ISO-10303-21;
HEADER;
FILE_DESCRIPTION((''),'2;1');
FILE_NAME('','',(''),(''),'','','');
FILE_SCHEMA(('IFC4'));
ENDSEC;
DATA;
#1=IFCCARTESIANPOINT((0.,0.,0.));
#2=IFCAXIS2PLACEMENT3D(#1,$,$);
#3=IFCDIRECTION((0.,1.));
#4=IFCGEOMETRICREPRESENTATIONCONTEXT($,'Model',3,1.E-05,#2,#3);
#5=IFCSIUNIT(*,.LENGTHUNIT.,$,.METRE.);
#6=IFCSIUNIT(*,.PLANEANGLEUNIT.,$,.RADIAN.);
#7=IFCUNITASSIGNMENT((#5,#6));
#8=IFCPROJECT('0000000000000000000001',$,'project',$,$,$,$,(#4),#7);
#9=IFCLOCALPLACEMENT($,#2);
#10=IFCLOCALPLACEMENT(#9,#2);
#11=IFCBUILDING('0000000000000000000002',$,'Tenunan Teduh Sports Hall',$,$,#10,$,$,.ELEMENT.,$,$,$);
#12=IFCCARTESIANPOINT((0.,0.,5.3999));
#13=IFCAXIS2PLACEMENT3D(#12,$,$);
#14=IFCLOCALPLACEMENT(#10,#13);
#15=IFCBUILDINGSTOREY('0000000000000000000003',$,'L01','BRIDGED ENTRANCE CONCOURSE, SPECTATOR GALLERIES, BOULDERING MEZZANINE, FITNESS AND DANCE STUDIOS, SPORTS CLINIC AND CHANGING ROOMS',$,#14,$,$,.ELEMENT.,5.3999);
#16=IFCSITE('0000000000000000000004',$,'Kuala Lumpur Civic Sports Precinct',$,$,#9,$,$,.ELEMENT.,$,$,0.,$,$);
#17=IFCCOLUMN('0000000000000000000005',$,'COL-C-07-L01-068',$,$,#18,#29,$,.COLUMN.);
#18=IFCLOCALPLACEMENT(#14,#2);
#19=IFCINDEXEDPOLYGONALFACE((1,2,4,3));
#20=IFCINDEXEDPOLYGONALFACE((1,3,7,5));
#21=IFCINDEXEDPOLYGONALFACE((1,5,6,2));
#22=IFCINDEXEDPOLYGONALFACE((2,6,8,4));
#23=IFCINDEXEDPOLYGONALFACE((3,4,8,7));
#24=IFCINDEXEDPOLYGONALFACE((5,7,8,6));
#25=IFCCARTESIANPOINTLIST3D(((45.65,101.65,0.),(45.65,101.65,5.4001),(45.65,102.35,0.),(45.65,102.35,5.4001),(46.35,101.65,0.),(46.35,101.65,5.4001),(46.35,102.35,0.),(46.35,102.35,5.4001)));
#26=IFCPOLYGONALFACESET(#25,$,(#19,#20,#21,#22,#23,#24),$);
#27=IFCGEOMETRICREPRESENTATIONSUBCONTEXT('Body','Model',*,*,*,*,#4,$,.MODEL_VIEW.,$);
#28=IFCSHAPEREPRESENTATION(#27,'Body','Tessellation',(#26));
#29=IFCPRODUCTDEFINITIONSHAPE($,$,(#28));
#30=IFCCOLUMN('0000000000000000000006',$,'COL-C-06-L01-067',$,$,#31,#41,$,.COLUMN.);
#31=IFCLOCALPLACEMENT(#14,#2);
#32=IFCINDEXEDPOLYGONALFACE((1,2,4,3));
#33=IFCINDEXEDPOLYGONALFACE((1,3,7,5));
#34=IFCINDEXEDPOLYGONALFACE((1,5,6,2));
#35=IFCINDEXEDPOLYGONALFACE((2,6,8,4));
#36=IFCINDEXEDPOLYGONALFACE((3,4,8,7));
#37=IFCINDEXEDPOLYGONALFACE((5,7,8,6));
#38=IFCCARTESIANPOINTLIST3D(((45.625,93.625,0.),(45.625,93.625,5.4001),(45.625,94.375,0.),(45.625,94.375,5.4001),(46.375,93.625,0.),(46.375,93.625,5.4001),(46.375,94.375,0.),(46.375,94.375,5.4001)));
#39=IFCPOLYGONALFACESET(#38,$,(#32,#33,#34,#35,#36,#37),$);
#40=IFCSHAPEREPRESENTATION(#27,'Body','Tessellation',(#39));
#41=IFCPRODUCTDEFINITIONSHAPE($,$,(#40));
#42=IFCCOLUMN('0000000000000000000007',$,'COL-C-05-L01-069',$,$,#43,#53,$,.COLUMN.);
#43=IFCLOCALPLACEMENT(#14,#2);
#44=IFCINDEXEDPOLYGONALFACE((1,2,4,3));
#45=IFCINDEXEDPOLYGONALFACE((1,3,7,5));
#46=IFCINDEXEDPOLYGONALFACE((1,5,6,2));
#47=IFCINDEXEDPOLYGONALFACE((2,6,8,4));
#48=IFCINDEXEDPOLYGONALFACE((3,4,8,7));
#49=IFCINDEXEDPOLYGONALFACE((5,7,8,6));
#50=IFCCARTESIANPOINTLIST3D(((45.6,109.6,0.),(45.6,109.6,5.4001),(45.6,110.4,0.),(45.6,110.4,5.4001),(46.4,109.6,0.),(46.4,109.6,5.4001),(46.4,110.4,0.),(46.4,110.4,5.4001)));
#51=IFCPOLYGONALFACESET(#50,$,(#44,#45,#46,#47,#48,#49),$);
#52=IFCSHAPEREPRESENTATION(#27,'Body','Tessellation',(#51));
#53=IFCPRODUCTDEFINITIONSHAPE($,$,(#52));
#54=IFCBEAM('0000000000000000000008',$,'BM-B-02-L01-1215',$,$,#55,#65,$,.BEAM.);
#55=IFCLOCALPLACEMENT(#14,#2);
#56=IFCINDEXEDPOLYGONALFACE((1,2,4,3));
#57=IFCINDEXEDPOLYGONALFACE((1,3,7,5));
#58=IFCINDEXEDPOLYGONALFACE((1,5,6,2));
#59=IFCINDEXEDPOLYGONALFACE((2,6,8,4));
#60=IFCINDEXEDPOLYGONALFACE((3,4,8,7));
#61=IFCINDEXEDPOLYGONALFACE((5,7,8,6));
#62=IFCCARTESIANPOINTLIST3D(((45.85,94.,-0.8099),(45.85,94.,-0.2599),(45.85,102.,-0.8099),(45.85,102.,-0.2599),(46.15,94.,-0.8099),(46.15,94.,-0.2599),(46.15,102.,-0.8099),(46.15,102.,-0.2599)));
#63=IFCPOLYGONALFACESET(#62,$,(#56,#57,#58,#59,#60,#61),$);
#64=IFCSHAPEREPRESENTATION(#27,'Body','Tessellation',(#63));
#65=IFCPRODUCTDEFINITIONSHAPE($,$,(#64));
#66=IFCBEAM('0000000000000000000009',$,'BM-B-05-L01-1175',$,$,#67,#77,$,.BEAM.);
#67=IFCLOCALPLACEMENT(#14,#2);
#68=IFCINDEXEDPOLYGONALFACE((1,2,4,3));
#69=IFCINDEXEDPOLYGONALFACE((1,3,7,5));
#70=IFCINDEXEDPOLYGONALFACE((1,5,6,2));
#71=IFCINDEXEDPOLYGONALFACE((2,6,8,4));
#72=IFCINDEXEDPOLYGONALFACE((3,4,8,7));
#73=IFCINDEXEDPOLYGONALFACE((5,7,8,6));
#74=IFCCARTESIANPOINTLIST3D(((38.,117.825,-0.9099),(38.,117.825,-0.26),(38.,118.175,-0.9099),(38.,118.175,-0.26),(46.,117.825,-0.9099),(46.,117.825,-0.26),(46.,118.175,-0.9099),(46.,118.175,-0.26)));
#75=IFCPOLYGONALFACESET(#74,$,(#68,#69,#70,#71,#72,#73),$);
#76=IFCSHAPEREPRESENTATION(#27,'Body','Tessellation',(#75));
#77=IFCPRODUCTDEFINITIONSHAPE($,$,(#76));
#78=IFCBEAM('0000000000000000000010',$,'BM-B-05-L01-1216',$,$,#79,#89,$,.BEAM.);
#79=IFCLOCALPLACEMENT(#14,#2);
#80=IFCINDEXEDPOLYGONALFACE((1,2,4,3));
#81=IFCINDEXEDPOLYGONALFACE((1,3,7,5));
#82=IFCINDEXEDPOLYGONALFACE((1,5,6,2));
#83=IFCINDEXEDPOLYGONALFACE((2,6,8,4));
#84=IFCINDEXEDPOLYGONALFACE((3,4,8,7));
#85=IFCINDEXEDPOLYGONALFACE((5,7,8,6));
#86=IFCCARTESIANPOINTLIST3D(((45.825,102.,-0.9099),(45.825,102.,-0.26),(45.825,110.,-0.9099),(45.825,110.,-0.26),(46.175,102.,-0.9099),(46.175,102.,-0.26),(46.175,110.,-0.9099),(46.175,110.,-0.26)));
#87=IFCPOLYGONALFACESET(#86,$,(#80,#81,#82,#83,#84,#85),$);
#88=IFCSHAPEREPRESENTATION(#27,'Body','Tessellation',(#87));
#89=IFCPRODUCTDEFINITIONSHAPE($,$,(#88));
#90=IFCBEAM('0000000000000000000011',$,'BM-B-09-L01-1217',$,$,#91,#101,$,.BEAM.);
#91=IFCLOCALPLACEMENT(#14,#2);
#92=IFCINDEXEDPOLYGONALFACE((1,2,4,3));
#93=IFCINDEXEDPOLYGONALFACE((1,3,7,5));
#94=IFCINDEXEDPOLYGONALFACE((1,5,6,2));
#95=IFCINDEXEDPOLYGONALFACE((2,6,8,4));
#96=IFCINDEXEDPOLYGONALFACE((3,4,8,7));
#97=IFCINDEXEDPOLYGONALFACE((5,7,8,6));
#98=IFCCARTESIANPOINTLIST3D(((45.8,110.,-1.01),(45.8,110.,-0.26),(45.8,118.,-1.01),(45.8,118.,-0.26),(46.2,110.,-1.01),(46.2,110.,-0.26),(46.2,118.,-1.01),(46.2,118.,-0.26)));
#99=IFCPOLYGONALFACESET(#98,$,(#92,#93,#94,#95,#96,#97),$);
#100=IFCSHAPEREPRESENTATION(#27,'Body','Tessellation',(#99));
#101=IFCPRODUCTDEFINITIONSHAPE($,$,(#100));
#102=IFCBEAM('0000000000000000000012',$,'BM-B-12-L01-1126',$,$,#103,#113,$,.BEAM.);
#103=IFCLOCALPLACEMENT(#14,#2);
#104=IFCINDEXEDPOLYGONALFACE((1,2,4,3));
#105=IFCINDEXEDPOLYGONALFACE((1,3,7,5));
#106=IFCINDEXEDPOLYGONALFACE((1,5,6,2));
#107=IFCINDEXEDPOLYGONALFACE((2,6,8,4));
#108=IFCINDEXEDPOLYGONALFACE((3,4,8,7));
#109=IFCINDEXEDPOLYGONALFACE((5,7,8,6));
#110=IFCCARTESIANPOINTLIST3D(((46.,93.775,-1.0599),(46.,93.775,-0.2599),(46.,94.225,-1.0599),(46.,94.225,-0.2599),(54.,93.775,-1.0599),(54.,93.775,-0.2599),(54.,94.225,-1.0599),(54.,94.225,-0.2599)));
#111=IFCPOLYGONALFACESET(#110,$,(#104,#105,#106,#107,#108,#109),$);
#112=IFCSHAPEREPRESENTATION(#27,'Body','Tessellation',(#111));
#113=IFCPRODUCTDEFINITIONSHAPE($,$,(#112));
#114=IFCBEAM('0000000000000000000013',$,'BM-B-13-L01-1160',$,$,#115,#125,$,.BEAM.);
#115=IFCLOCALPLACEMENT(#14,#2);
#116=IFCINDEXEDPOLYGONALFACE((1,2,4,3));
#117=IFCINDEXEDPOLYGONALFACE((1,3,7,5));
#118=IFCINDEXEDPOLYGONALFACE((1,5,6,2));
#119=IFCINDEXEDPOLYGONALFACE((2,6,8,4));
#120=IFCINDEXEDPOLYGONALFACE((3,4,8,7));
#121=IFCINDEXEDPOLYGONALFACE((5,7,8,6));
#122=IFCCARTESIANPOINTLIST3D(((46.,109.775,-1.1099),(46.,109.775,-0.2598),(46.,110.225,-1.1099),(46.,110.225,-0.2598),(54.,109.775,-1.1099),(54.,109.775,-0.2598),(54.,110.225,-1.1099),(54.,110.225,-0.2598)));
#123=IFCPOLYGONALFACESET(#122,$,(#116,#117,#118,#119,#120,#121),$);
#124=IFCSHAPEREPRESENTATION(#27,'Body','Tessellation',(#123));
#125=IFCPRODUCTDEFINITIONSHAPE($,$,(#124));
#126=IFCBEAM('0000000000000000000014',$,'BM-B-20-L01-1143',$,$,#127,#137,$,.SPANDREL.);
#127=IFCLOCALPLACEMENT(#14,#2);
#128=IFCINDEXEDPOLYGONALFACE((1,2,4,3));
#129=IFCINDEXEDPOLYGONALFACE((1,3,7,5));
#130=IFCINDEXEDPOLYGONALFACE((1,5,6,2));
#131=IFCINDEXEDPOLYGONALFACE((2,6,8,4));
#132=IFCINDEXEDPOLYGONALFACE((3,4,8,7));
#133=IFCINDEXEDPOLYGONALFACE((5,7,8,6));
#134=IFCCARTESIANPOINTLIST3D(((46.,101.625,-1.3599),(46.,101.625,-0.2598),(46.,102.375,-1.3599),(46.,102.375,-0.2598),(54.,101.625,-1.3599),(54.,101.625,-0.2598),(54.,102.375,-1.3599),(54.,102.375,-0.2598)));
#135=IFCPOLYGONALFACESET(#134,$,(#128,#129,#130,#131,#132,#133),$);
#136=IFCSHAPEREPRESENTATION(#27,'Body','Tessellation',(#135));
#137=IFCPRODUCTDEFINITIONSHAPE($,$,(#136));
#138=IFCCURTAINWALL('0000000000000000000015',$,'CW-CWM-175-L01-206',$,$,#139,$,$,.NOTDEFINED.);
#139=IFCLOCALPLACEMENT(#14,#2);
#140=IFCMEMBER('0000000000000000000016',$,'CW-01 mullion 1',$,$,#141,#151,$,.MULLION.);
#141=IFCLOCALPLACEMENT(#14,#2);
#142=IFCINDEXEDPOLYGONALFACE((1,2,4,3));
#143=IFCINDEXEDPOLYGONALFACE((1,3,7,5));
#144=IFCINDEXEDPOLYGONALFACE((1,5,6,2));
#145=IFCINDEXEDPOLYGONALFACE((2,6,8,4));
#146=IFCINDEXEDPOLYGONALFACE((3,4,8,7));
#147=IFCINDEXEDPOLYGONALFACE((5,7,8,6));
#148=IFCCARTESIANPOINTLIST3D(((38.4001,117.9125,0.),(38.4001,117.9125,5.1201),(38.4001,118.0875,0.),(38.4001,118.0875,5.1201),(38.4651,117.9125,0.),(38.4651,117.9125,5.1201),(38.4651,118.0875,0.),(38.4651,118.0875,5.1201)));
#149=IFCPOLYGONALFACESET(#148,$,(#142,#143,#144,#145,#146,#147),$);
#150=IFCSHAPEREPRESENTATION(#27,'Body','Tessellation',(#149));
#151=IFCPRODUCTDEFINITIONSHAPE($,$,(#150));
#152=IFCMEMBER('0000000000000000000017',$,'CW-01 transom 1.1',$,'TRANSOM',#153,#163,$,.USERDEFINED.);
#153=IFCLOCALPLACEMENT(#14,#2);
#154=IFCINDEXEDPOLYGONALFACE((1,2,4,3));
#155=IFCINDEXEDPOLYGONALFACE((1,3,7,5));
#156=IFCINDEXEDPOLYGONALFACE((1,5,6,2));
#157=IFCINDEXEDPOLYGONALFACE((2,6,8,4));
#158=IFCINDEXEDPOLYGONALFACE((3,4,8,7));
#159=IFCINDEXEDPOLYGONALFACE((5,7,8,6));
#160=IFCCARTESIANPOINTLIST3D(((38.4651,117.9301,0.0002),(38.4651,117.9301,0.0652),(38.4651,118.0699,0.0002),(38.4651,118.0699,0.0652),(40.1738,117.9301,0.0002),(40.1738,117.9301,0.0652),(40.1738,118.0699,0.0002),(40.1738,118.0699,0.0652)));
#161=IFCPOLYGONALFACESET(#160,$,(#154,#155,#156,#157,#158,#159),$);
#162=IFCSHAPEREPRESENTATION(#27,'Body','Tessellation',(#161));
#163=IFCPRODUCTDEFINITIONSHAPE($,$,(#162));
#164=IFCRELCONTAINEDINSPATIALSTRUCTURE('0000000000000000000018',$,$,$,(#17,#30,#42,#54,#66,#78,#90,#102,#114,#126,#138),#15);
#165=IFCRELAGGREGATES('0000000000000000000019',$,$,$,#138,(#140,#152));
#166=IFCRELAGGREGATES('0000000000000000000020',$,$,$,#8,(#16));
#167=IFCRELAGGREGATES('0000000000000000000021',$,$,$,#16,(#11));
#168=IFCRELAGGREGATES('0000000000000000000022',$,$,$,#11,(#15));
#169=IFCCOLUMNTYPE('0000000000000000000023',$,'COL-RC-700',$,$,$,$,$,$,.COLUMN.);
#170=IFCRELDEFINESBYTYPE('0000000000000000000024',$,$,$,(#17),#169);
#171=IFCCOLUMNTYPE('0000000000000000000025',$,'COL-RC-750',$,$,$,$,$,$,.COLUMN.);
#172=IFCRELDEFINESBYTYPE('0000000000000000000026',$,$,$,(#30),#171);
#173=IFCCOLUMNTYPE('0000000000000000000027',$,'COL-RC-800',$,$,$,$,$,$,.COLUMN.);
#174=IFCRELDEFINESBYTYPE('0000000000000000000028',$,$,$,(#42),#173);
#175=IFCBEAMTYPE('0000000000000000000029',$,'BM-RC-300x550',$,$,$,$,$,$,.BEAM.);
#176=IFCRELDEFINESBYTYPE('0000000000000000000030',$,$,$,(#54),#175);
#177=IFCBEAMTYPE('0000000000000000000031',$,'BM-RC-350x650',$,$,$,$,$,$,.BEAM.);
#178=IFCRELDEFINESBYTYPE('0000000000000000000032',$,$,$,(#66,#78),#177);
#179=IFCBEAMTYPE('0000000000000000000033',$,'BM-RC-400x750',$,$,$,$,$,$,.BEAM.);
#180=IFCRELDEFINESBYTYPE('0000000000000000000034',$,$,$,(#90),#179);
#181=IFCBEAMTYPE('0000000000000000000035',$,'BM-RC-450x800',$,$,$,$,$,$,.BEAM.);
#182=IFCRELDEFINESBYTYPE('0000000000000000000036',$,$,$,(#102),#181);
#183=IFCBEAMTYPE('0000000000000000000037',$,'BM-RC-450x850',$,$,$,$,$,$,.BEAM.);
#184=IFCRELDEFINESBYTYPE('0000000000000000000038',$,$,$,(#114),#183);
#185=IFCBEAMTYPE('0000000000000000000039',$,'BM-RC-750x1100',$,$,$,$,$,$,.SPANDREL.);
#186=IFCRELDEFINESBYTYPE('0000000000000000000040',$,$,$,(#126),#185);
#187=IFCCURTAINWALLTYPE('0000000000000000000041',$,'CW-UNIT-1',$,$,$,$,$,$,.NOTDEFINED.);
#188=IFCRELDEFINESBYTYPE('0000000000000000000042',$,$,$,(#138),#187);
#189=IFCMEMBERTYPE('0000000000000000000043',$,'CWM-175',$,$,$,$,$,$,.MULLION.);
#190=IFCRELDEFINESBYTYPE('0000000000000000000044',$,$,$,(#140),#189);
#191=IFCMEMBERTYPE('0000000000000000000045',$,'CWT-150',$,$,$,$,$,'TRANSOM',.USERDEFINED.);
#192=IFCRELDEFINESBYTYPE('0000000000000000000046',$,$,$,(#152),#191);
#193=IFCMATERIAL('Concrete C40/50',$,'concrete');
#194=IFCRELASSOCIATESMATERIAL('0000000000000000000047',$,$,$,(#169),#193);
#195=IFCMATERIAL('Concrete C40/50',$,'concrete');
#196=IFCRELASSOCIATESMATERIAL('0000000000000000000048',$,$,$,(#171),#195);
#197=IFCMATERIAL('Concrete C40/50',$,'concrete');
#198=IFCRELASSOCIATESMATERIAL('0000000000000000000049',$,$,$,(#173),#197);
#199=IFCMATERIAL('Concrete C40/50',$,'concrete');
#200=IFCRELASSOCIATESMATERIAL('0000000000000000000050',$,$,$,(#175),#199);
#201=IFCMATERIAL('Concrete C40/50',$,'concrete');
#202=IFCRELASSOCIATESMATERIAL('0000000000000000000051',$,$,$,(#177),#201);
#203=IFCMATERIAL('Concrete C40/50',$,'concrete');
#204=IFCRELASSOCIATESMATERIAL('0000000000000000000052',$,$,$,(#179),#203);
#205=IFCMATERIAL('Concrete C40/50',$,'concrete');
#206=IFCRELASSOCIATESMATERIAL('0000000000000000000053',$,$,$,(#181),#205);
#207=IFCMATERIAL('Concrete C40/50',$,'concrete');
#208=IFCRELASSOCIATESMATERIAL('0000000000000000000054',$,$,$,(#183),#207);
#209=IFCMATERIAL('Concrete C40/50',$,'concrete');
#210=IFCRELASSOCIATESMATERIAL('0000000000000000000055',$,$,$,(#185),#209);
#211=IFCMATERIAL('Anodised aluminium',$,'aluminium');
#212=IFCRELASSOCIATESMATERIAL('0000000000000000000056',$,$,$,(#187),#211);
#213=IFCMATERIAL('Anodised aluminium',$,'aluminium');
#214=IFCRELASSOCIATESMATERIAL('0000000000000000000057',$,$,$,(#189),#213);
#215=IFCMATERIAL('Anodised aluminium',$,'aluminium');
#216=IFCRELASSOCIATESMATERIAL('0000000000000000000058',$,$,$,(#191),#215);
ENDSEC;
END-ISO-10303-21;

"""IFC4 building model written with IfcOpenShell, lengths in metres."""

from ifc_helpers import new_model, si_unit, direction, frame, origin, origin_2d, place, context, subcontext, project, spatial, rectangle, extrude, material, material_profile, profile_set, type_object, element, aggregate, save


model = new_model("IFC4")

# Units and contexts
model_context = context("Model", 3, precision=1e-05, world=origin(), true_north=direction((0.0, 1.0)))
body_context = subcontext(model_context, "Body", "Model", "MODEL_VIEW")
ifc_project = project(units=[si_unit("LENGTHUNIT", "METRE"), si_unit("PLANEANGLEUNIT", "RADIAN")], contexts=[model_context])

# Site, building, storey
site_placement = place(None, origin())
site = spatial("IfcSite", under=ifc_project, at=site_placement, Name="Kuala Lumpur Civic Sports Precinct", CompositionType="ELEMENT", RefElevation=0.0)
building_placement = place(site_placement, origin())
building = spatial("IfcBuilding", under=site, at=building_placement, Name="Tenunan Teduh Sports Hall", CompositionType="ELEMENT")
storey_placement = place(building_placement, frame((0.0, 0.0, 5.3999)))
storey = spatial("IfcBuildingStorey", under=building, at=storey_placement, Name="L01", Description="BRIDGED ENTRANCE CONCOURSE, SPECTATOR GALLERIES, BOULDERING MEZZANINE, FITNESS AND DANCE STUDIOS, SPORTS CLINIC AND CHANGING ROOMS", CompositionType="ELEMENT", Elevation=5.3999)

# Columns
ifc_material_1 = material(Name="Concrete C40/50", Category="concrete")
ifc_material_profile_1 = material_profile(ifc_material_1, rectangle(XDim=0.7, YDim=0.7, at=origin_2d()), Name="RC 700x700")
ifc_profile_set_1 = profile_set([ifc_material_profile_1], Name="Concrete C40/50")
column_type_1 = type_object("IfcColumnType", Name="COL-RC-700", PredefinedType="COLUMN", material=ifc_profile_set_1)
column_1_placement = place(storey_placement, frame((46.0, 102.0, 0.0), z_axis=(0.0, 0.0, 1.0), x_axis=(1.0, 0.0, 0.0)))
element("IfcColumn", 1, at=column_1_placement, inside=storey, type_object=column_type_1, Name="COL-C-07-L01-068", PredefinedType="COLUMN", context=body_context, shape_type="SweptSolid", body=[
    extrude(rectangle(XDim=0.7, YDim=0.7, at=origin_2d()), origin(), (0.0, 0.0, 1.0), 5.4001),
])
ifc_material_2 = material(Name="Concrete C40/50", Category="concrete")
ifc_material_profile_2 = material_profile(ifc_material_2, rectangle(XDim=0.75, YDim=0.75, at=origin_2d()), Name="RC 750x750")
ifc_profile_set_2 = profile_set([ifc_material_profile_2], Name="Concrete C40/50")
column_type_2 = type_object("IfcColumnType", Name="COL-RC-750", PredefinedType="COLUMN", material=ifc_profile_set_2)
column_2_placement = place(storey_placement, frame((46.0, 94.0, 0.0), z_axis=(0.0, 0.0, 1.0), x_axis=(1.0, 0.0, 0.0)))
element("IfcColumn", 2, at=column_2_placement, inside=storey, type_object=column_type_2, Name="COL-C-06-L01-067", PredefinedType="COLUMN", context=body_context, shape_type="SweptSolid", body=[
    extrude(rectangle(XDim=0.75, YDim=0.75, at=origin_2d()), origin(), (0.0, 0.0, 1.0), 5.4001),
])
ifc_material_3 = material(Name="Concrete C40/50", Category="concrete")
ifc_material_profile_3 = material_profile(ifc_material_3, rectangle(XDim=0.8, YDim=0.8, at=origin_2d()), Name="RC 800x800")
ifc_profile_set_3 = profile_set([ifc_material_profile_3], Name="Concrete C40/50")
column_type_3 = type_object("IfcColumnType", Name="COL-RC-800", PredefinedType="COLUMN", material=ifc_profile_set_3)
column_3_placement = place(storey_placement, frame((46.0, 110.0, 0.0), z_axis=(0.0, 0.0, 1.0), x_axis=(1.0, 0.0, 0.0)))
element("IfcColumn", 3, at=column_3_placement, inside=storey, type_object=column_type_3, Name="COL-C-05-L01-069", PredefinedType="COLUMN", context=body_context, shape_type="SweptSolid", body=[
    extrude(rectangle(XDim=0.8, YDim=0.8, at=origin_2d()), origin(), (0.0, 0.0, 1.0), 5.4001),
])

# Beams
ifc_material_4 = material(Name="Concrete C40/50", Category="concrete")
ifc_material_profile_4 = material_profile(ifc_material_4, rectangle(XDim=0.3, YDim=0.55, at=origin_2d()), Name="RCB 300x550")
ifc_profile_set_4 = profile_set([ifc_material_profile_4], Name="Concrete C40/50")
beam_type_1 = type_object("IfcBeamType", Name="BM-RC-300x550", PredefinedType="BEAM", material=ifc_profile_set_4)
beam_1_placement = place(storey_placement, frame((46.0, 94.0, -0.5349), z_axis=(0.0, 1.0, 0.0), x_axis=(-1.0, 0.0, 0.0)))
element("IfcBeam", 4, at=beam_1_placement, inside=storey, type_object=beam_type_1, Name="BM-B-02-L01-1215", PredefinedType="BEAM", context=body_context, shape_type="SweptSolid", body=[
    extrude(rectangle(XDim=0.3, YDim=0.55, at=origin_2d()), origin(), (0.0, 0.0, 1.0), 8.0),
])
ifc_material_5 = material(Name="Concrete C40/50", Category="concrete")
ifc_material_profile_5 = material_profile(ifc_material_5, rectangle(XDim=0.3501, YDim=0.6499, at=origin_2d()), Name="RCB 350x650")
ifc_profile_set_5 = profile_set([ifc_material_profile_5], Name="Concrete C40/50")
beam_type_2 = type_object("IfcBeamType", Name="BM-RC-350x650", PredefinedType="BEAM", material=ifc_profile_set_5)
for number, where, z_axis, x_axis, name in (
    (5, (38.0, 118.0, -0.585), (1.0, 0.0, 0.0), (0.0, 1.0, 0.0), "BM-B-05-L01-1175"),
    (6, (46.0, 102.0, -0.585), (0.0, 1.0, 0.0), (-1.0, 0.0, 0.0), "BM-B-05-L01-1216"),
):
    element("IfcBeam", number, at=place(storey_placement, frame(where, z_axis=z_axis, x_axis=x_axis)), inside=storey, type_object=beam_type_2, Name=name, PredefinedType="BEAM", context=body_context, shape_type="SweptSolid", body=[
        extrude(rectangle(XDim=0.3501, YDim=0.6499, at=origin_2d()), origin(), (0.0, 0.0, 1.0), 8.0),
    ])
ifc_material_6 = material(Name="Concrete C40/50", Category="concrete")
ifc_material_profile_6 = material_profile(ifc_material_6, rectangle(XDim=0.3999, YDim=0.75, at=origin_2d()), Name="RCB 400x750")
ifc_profile_set_6 = profile_set([ifc_material_profile_6], Name="Concrete C40/50")
beam_type_3 = type_object("IfcBeamType", Name="BM-RC-400x750", PredefinedType="BEAM", material=ifc_profile_set_6)
beam_2_placement = place(storey_placement, frame((46.0, 110.0, -0.635), z_axis=(0.0, 1.0, 0.0), x_axis=(-1.0, 0.0, 0.0)))
element("IfcBeam", 7, at=beam_2_placement, inside=storey, type_object=beam_type_3, Name="BM-B-09-L01-1217", PredefinedType="BEAM", context=body_context, shape_type="SweptSolid", body=[
    extrude(rectangle(XDim=0.3999, YDim=0.75, at=origin_2d()), origin(), (0.0, 0.0, 1.0), 8.0),
])
ifc_material_7 = material(Name="Concrete C40/50", Category="concrete")
ifc_material_profile_7 = material_profile(ifc_material_7, rectangle(XDim=0.45, YDim=0.8, at=origin_2d()), Name="RCB 450x800")
ifc_profile_set_7 = profile_set([ifc_material_profile_7], Name="Concrete C40/50")
beam_type_4 = type_object("IfcBeamType", Name="BM-RC-450x800", PredefinedType="BEAM", material=ifc_profile_set_7)
beam_3_placement = place(storey_placement, frame((46.0, 94.0, -0.6599), z_axis=(1.0, 0.0, 0.0), x_axis=(0.0, 1.0, 0.0)))
element("IfcBeam", 8, at=beam_3_placement, inside=storey, type_object=beam_type_4, Name="BM-B-12-L01-1126", PredefinedType="BEAM", context=body_context, shape_type="SweptSolid", body=[
    extrude(rectangle(XDim=0.45, YDim=0.8, at=origin_2d()), origin(), (0.0, 0.0, 1.0), 8.0),
])
ifc_material_8 = material(Name="Concrete C40/50", Category="concrete")
ifc_material_profile_8 = material_profile(ifc_material_8, rectangle(XDim=0.45, YDim=0.8501, at=origin_2d()), Name="RCB 450x850")
ifc_profile_set_8 = profile_set([ifc_material_profile_8], Name="Concrete C40/50")
beam_type_5 = type_object("IfcBeamType", Name="BM-RC-450x850", PredefinedType="BEAM", material=ifc_profile_set_8)
beam_4_placement = place(storey_placement, frame((46.0, 110.0, -0.6848), z_axis=(1.0, 0.0, 0.0), x_axis=(0.0, 1.0, 0.0)))
element("IfcBeam", 9, at=beam_4_placement, inside=storey, type_object=beam_type_5, Name="BM-B-13-L01-1160", PredefinedType="BEAM", context=body_context, shape_type="SweptSolid", body=[
    extrude(rectangle(XDim=0.45, YDim=0.8501, at=origin_2d()), origin(), (0.0, 0.0, 1.0), 8.0),
])
ifc_material_9 = material(Name="Concrete C40/50", Category="concrete")
ifc_material_profile_9 = material_profile(ifc_material_9, rectangle(XDim=0.75, YDim=1.1001, at=origin_2d()), Name="RCB 750x1100")
ifc_profile_set_9 = profile_set([ifc_material_profile_9], Name="Concrete C40/50")
beam_type_6 = type_object("IfcBeamType", Name="BM-RC-750x1100", PredefinedType="SPANDREL", material=ifc_profile_set_9)
beam_5_placement = place(storey_placement, frame((46.0, 102.0, -0.8098), z_axis=(1.0, 0.0, 0.0), x_axis=(0.0, 1.0, 0.0)))
element("IfcBeam", 10, at=beam_5_placement, inside=storey, type_object=beam_type_6, Name="BM-B-20-L01-1143", PredefinedType="SPANDREL", context=body_context, shape_type="SweptSolid", body=[
    extrude(rectangle(XDim=0.75, YDim=1.1001, at=origin_2d()), origin(), (0.0, 0.0, 1.0), 8.0),
])

# Curtain wall, members
ifc_material_10 = material(Name="Anodised aluminium", Category="aluminium")
curtain_wall_type = type_object("IfcCurtainWallType", Name="CW-UNIT-1", PredefinedType="NOTDEFINED", material=ifc_material_10)
curtain_wall_placement = place(storey_placement, origin())
curtain_wall = element("IfcCurtainWall", 11, at=curtain_wall_placement, inside=storey, type_object=curtain_wall_type, Name="CW-CWM-175-L01-206", PredefinedType="NOTDEFINED")
ifc_material_11 = material(Name="Anodised aluminium", Category="aluminium")
ifc_material_profile_10 = material_profile(ifc_material_11, rectangle(XDim=0.0649, YDim=0.175, at=origin_2d()), Name="CWM 65x175")
ifc_profile_set_10 = profile_set([ifc_material_profile_10], Name="Anodised aluminium")
member_type_1 = type_object("IfcMemberType", Name="CWM-175", PredefinedType="MULLION", material=ifc_profile_set_10)
member_1_placement = place(storey_placement, frame((38.4326, 118.0, 0.0), z_axis=(0.0, 0.0, 1.0), x_axis=(1.0, 0.0, 0.0)))
member_1 = element("IfcMember", 12, at=member_1_placement, type_object=member_type_1, Name="CW-01 mullion 1", PredefinedType="MULLION", context=body_context, shape_type="SweptSolid", body=[
    extrude(rectangle(XDim=0.0649, YDim=0.175, at=origin_2d()), origin(), (0.0, 0.0, 1.0), 5.1201),
])
ifc_material_12 = material(Name="Anodised aluminium", Category="aluminium")
ifc_material_profile_11 = material_profile(ifc_material_12, rectangle(XDim=0.0649, YDim=0.1399, at=origin_2d()), Name="CWT 65x140")
ifc_profile_set_11 = profile_set([ifc_material_profile_11], Name="Anodised aluminium")
member_type_2 = type_object("IfcMemberType", Name="CWT-150", ElementType="TRANSOM", PredefinedType="USERDEFINED", material=ifc_profile_set_11)
member_2_placement = place(storey_placement, frame((38.4651, 118.0, 0.0327), z_axis=(1.0, 0.0, 0.0), x_axis=(0.0, 0.0, 1.0)))
member_2 = element("IfcMember", 13, at=member_2_placement, type_object=member_type_2, Name="CW-01 transom 1.1", ObjectType="TRANSOM", PredefinedType="USERDEFINED", context=body_context, shape_type="SweptSolid", body=[
    extrude(rectangle(XDim=0.0649, YDim=0.1399, at=origin_2d()), origin(), (0.0, 0.0, 1.0), 1.7087),
])

aggregate(curtain_wall, [member_1, member_2])

save(model, "model.ifc")
